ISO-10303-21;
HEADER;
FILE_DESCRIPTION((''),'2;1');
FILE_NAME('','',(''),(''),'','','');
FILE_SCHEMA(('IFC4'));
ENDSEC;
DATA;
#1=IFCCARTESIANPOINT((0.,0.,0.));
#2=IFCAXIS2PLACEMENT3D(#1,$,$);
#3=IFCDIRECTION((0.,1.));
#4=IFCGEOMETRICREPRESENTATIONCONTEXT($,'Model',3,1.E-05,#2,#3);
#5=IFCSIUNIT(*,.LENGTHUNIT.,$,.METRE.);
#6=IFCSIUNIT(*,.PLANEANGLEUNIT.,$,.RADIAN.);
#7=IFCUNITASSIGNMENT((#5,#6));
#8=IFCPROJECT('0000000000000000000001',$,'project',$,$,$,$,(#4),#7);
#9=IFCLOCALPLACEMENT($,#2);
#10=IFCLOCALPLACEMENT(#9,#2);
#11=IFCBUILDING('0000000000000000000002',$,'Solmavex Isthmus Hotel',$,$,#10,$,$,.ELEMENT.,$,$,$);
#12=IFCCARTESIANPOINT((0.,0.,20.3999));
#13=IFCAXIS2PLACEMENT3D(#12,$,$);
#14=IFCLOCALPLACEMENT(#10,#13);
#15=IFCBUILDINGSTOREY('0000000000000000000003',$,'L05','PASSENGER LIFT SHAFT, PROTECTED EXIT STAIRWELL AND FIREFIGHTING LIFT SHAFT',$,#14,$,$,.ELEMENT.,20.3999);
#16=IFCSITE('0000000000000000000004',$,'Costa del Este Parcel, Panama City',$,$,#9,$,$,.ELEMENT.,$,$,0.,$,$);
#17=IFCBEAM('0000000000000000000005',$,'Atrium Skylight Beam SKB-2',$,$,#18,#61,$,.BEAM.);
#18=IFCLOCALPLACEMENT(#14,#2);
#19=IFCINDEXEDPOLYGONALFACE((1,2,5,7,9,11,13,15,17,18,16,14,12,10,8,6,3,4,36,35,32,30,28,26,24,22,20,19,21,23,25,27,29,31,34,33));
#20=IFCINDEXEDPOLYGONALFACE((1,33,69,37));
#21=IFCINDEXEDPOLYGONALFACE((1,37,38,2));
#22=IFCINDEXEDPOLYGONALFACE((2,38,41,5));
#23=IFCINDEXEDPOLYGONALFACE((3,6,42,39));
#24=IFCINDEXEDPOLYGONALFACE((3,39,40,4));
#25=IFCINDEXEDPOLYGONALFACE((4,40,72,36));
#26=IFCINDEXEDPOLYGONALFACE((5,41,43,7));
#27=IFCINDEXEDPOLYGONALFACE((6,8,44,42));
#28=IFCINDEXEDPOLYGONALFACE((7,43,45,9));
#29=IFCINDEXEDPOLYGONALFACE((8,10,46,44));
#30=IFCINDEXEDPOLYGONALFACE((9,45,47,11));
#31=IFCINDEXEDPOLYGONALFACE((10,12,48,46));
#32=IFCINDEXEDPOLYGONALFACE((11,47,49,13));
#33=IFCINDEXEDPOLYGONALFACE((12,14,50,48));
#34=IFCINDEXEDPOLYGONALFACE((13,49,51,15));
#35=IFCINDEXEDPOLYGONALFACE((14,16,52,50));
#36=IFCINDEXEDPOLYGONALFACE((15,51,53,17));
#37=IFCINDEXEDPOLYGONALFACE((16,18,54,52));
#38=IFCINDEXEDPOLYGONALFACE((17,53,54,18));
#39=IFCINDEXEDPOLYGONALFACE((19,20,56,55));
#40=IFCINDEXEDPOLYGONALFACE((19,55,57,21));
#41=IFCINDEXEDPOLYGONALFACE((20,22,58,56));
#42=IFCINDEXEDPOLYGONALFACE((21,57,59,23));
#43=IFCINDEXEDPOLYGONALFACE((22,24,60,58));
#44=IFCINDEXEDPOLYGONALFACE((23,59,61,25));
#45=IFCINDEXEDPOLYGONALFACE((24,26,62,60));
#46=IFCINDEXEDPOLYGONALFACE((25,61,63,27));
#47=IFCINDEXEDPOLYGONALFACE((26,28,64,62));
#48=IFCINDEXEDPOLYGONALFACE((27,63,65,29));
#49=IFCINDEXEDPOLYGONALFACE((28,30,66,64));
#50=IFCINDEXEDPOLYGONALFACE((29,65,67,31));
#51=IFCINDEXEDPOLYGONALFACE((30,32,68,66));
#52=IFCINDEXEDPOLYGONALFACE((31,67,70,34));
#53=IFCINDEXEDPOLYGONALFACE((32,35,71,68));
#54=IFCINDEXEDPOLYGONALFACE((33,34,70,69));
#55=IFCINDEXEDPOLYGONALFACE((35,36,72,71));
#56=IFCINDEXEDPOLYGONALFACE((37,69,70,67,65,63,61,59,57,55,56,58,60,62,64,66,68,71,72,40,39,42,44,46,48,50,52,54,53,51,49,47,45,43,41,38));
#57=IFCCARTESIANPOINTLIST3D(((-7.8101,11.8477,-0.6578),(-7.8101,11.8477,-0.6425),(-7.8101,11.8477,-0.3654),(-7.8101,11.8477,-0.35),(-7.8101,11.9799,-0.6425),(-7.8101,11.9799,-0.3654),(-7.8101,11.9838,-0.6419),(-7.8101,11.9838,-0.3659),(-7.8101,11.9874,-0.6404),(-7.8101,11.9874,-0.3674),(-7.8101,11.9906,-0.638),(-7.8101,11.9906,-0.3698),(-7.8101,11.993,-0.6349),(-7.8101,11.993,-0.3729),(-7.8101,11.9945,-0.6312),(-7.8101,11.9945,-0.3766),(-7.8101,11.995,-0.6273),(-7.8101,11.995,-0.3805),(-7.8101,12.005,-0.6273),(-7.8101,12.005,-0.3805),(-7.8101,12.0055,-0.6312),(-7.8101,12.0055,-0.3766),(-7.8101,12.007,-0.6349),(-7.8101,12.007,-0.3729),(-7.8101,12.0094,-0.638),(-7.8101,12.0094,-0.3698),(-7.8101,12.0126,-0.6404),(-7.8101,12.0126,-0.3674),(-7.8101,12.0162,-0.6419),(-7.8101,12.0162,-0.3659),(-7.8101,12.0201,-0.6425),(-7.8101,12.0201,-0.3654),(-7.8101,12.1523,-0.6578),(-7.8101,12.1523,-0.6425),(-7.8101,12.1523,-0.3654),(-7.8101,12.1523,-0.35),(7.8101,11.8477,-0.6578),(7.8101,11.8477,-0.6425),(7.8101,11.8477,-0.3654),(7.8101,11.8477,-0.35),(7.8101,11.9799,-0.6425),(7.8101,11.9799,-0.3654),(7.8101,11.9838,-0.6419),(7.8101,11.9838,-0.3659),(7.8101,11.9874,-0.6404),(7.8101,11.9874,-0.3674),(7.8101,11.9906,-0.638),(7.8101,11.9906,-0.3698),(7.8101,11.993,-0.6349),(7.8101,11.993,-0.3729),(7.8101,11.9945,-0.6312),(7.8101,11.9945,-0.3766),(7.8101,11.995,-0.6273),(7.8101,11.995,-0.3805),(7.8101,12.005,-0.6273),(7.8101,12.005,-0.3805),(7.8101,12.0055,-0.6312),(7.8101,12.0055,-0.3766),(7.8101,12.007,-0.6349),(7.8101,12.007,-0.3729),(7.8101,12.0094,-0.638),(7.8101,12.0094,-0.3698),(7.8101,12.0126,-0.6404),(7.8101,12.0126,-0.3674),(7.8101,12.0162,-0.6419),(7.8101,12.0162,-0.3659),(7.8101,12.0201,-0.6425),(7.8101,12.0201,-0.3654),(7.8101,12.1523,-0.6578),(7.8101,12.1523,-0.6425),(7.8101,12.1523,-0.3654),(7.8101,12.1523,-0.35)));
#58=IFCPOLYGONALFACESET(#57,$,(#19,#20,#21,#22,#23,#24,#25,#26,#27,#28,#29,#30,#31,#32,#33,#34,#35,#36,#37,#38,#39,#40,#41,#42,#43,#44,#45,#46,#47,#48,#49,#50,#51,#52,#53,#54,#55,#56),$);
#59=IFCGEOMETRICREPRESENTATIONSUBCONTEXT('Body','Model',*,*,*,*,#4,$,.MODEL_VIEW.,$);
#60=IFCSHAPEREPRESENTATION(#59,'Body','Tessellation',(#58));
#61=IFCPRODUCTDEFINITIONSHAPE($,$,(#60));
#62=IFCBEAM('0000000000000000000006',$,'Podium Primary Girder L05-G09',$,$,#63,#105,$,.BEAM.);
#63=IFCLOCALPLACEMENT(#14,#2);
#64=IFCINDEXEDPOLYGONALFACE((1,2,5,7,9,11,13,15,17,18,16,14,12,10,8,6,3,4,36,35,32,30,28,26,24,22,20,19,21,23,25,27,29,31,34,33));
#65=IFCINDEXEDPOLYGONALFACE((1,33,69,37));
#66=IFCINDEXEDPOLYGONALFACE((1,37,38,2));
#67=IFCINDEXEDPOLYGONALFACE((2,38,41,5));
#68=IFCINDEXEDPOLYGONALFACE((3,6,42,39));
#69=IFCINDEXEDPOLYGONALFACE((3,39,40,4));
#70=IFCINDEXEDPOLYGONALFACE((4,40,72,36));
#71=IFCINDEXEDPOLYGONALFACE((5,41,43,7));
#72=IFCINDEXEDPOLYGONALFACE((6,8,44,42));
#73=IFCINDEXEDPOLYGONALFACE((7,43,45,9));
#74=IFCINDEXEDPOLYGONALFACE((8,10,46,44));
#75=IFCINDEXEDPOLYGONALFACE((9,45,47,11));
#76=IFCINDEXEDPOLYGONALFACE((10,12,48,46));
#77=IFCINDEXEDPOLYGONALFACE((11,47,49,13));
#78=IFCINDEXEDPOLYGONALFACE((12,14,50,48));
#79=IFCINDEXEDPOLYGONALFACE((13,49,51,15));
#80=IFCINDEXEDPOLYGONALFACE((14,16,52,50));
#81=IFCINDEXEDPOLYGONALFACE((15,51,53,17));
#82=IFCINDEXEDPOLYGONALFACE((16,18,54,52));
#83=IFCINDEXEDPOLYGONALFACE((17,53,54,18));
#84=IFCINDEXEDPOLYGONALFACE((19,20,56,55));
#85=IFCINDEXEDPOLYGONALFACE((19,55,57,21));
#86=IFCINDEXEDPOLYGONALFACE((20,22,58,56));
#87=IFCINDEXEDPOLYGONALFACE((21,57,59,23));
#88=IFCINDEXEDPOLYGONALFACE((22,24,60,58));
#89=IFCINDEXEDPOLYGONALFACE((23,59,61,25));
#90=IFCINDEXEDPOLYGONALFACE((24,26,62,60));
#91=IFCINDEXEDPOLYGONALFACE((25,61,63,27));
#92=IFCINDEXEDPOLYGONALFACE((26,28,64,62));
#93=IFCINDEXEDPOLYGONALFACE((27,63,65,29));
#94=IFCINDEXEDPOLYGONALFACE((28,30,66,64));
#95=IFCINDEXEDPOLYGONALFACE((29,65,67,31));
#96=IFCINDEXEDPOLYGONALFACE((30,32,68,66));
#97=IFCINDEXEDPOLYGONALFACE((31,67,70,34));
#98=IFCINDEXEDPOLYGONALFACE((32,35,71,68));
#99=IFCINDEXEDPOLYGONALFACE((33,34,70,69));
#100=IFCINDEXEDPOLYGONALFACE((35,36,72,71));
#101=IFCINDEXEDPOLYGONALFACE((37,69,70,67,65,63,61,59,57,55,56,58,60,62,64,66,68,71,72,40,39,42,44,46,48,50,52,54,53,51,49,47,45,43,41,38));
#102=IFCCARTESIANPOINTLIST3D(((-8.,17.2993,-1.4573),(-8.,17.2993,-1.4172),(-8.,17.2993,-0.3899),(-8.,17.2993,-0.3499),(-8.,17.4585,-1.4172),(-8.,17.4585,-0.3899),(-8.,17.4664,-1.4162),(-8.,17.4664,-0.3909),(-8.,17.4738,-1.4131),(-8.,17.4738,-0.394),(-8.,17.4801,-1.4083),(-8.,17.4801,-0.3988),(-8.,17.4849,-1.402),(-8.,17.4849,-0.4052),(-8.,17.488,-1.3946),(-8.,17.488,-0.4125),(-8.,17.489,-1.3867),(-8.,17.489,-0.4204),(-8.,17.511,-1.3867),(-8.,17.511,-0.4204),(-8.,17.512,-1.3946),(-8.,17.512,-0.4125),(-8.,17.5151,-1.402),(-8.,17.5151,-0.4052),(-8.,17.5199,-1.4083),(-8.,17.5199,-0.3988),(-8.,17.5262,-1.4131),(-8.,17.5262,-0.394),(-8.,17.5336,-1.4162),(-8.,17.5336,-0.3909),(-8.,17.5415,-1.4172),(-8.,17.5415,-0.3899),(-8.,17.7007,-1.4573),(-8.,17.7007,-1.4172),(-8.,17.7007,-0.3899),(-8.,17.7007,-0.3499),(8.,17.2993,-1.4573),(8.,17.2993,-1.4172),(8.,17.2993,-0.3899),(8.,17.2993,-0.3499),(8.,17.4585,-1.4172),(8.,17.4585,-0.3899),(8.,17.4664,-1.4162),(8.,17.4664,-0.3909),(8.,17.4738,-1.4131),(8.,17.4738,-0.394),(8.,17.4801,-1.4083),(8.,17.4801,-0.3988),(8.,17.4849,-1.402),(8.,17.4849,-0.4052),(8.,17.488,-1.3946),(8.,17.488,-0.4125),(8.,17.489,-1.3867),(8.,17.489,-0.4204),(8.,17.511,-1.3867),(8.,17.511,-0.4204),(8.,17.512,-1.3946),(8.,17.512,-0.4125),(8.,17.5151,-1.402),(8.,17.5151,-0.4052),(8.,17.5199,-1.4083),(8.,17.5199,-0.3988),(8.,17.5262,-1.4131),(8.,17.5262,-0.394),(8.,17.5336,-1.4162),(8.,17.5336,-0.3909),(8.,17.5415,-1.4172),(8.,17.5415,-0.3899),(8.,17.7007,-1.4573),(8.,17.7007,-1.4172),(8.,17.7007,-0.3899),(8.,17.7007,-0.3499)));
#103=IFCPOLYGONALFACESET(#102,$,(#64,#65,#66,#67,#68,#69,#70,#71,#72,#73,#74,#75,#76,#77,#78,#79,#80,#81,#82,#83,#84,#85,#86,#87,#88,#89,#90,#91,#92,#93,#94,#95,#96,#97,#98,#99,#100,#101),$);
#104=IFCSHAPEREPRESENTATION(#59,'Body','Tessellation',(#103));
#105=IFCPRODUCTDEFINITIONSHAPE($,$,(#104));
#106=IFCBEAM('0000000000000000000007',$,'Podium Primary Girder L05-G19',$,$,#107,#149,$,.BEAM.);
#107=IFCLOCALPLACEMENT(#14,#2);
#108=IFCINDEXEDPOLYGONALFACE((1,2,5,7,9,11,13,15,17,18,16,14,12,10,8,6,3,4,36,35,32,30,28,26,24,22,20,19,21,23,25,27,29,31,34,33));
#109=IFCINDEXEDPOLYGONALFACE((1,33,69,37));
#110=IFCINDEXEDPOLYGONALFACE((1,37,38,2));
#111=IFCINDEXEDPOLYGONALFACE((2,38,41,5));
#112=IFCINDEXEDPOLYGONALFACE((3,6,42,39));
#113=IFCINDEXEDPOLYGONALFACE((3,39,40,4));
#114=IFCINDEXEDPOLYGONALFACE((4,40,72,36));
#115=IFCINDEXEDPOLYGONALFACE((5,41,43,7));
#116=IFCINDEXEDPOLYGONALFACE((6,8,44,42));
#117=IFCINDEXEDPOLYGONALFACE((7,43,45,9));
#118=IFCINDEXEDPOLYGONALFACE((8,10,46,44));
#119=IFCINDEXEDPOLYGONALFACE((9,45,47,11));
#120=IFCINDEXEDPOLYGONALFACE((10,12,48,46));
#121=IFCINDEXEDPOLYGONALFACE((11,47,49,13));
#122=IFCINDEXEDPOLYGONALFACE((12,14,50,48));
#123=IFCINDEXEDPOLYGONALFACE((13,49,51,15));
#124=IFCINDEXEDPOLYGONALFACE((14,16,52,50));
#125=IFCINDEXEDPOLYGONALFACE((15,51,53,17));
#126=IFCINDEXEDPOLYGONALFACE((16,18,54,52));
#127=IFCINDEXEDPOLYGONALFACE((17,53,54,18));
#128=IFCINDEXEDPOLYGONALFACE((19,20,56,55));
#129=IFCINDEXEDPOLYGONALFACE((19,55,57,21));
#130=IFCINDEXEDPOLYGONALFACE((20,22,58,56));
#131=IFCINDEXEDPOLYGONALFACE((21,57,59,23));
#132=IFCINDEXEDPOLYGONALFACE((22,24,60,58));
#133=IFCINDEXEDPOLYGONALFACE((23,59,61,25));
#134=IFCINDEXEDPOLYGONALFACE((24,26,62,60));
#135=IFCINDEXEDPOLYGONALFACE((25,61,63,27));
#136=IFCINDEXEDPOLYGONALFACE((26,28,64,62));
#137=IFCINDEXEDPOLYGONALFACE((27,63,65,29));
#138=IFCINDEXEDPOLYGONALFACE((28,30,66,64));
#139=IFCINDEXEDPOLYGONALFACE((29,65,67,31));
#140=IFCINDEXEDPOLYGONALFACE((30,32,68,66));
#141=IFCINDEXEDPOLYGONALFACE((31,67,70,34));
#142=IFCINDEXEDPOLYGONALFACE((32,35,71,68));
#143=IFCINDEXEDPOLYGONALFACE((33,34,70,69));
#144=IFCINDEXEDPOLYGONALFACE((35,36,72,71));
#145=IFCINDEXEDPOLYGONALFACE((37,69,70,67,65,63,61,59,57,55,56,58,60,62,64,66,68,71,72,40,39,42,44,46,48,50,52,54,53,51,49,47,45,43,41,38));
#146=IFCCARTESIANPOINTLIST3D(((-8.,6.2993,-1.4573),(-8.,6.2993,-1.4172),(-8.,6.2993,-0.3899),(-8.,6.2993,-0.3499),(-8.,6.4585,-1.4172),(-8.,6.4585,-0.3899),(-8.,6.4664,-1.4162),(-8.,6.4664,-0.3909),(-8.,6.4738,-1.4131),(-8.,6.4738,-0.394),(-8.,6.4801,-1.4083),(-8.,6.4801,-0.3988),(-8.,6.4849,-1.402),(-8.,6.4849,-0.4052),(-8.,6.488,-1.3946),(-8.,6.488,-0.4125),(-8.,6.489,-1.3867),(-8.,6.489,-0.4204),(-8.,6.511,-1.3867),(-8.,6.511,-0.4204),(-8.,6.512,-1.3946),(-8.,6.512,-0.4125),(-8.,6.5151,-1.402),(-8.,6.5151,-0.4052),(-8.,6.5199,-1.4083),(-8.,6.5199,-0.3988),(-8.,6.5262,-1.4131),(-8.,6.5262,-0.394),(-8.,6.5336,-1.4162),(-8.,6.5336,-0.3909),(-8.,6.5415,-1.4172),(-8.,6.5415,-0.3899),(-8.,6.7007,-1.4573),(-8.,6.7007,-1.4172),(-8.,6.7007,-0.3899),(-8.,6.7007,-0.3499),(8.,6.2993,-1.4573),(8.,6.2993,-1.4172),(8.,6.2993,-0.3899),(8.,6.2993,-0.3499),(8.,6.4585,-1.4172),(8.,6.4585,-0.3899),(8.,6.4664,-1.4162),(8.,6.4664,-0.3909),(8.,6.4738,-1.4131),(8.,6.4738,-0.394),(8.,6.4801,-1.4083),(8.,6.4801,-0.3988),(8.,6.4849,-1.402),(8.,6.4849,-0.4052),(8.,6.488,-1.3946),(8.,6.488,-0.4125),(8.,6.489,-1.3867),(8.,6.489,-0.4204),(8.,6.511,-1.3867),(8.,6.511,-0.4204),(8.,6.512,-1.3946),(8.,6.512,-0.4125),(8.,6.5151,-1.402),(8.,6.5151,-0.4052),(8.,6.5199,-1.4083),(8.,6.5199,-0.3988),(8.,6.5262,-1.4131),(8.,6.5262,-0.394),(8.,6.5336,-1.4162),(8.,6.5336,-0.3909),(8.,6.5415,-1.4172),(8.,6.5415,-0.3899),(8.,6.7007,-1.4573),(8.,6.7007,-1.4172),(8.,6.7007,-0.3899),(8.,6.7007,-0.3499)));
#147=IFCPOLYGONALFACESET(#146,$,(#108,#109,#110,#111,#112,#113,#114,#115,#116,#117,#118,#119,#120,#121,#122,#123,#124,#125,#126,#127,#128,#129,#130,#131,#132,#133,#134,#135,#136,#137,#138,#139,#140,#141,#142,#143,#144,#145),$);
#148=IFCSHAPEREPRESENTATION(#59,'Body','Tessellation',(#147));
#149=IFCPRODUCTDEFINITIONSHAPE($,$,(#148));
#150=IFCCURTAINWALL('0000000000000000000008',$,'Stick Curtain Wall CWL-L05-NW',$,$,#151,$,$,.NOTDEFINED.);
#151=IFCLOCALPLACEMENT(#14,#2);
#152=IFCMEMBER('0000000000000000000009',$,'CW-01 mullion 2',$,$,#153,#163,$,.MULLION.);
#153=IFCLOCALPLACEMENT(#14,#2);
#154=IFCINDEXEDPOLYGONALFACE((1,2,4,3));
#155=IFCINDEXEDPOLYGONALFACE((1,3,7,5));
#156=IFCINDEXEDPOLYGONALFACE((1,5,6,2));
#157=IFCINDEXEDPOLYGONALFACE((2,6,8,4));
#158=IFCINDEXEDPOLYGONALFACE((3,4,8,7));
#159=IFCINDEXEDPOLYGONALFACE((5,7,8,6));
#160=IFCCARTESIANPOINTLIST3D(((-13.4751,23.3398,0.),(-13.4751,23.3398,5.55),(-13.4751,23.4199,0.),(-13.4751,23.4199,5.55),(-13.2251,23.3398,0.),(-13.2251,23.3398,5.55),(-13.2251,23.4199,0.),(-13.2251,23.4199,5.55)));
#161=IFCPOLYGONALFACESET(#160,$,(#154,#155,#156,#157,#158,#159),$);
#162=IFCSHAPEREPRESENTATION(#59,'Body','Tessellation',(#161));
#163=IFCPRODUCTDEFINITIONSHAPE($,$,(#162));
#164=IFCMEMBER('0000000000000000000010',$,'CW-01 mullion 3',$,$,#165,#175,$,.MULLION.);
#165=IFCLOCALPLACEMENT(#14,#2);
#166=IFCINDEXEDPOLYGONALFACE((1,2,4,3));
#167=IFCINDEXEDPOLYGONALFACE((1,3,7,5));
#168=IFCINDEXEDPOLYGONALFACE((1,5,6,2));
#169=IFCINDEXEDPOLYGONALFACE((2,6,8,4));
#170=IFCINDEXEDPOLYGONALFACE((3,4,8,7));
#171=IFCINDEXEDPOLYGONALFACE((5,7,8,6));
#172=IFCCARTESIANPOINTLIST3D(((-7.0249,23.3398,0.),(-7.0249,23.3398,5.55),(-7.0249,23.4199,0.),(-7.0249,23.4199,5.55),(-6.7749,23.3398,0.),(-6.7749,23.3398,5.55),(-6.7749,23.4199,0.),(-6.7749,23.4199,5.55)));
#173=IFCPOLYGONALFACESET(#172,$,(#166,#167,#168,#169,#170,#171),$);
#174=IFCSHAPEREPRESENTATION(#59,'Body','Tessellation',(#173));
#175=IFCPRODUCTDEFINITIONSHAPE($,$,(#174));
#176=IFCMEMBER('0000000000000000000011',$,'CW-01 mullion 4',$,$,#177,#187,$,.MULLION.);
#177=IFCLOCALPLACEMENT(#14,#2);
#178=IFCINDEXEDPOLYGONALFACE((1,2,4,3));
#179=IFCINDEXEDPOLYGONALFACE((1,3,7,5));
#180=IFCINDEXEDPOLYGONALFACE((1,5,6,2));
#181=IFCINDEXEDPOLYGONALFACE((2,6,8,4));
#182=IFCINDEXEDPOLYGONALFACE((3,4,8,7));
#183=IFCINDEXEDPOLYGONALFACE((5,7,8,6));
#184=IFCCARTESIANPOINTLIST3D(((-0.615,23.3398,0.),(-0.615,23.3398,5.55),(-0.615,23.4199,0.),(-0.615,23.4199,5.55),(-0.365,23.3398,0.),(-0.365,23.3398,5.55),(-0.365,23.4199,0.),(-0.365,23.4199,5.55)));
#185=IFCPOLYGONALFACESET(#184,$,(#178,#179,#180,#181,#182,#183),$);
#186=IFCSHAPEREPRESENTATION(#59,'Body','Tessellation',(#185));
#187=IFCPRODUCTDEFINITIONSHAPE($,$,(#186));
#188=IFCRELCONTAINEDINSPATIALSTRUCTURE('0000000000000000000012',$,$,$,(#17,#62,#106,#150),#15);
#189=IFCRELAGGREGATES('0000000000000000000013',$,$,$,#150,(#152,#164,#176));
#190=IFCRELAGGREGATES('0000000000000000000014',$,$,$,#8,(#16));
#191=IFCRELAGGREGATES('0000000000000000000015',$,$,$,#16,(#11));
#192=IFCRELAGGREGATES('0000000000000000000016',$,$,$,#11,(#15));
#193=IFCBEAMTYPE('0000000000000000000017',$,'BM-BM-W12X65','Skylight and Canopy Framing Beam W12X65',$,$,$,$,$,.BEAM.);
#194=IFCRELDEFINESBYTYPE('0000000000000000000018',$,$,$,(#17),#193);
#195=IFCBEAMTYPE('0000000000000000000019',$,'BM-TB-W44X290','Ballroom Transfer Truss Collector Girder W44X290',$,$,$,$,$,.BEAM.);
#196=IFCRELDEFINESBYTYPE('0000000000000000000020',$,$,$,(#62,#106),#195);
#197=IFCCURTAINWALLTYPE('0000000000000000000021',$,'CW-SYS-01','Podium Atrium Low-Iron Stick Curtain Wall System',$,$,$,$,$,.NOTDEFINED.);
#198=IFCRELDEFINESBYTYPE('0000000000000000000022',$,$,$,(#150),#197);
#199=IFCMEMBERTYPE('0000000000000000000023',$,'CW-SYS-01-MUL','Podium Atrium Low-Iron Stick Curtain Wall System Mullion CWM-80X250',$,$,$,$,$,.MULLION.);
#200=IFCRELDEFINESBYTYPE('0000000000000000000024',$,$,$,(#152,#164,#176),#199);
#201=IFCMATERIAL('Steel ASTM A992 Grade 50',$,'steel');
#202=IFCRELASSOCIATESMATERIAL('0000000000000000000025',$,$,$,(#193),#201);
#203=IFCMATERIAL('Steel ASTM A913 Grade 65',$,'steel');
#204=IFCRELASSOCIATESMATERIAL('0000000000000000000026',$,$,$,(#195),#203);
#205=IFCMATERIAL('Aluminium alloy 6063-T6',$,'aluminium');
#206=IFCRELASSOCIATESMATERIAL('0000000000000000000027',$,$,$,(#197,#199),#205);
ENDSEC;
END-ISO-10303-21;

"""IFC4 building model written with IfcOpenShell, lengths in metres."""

from ifc_helpers import new_model, si_unit, direction, frame, origin, origin_2d, place, context, subcontext, project, spatial, rectangle, i_section, extrude, material, material_profile, profile_set, type_object, element, aggregate, save


model = new_model("IFC4")

# Units and contexts
model_context = context("Model", 3, precision=1e-05, world=origin(), true_north=direction((0.0, 1.0)))
body_context = subcontext(model_context, "Body", "Model", "MODEL_VIEW")
ifc_project = project(units=[si_unit("LENGTHUNIT", "METRE"), si_unit("PLANEANGLEUNIT", "RADIAN")], contexts=[model_context])

# Site, building, storey
site_placement = place(None, origin())
site = spatial("IfcSite", under=ifc_project, at=site_placement, Name="Costa del Este Parcel, Panama City", CompositionType="ELEMENT", RefElevation=0.0)
building_placement = place(site_placement, origin())
building = spatial("IfcBuilding", under=site, at=building_placement, Name="Solmavex Isthmus Hotel", CompositionType="ELEMENT")
storey_placement = place(building_placement, frame((0.0, 0.0, 20.3999)))
storey = spatial("IfcBuildingStorey", under=building, at=storey_placement, Name="L05", Description="PASSENGER LIFT SHAFT, PROTECTED EXIT STAIRWELL AND FIREFIGHTING LIFT SHAFT", CompositionType="ELEMENT", Elevation=20.3999)

# Beams
ifc_material_1 = material(Name="Steel ASTM A992 Grade 50", Category="steel")
ifc_material_profile_1 = material_profile(ifc_material_1, i_section(OverallWidth=0.3047, OverallDepth=0.3079, WebThickness=0.01, FlangeThickness=0.0154, FilletRadius=0.0151, at=origin_2d()), Name="W12X65")
ifc_profile_set_1 = profile_set([ifc_material_profile_1], Name="Steel ASTM A992 Grade 50")
beam_type_1 = type_object("IfcBeamType", Name="BM-BM-W12X65", Description="Skylight and Canopy Framing Beam W12X65", PredefinedType="BEAM", material=ifc_profile_set_1)
for number, where, z_axis, x_axis, name in (
    (1, (-7.8101, 12.0, -0.5039), (1.0, 0.0, 0.0), (0.0, 1.0, 0.0), "Atrium Skylight Beam SKB-2"),
):
    element("IfcBeam", number, at=place(storey_placement, frame(where, z_axis=z_axis, x_axis=x_axis)), inside=storey, type_object=beam_type_1, Name=name, PredefinedType="BEAM", context=body_context, shape_type="SweptSolid", body=[
        extrude(i_section(OverallWidth=0.3047, OverallDepth=0.3079, WebThickness=0.01, FlangeThickness=0.0154, FilletRadius=0.0151, at=origin_2d()), origin(), (0.0, 0.0, 1.0), 15.6201),
    ])
ifc_material_2 = material(Name="Steel ASTM A913 Grade 65", Category="steel")
ifc_material_profile_2 = material_profile(ifc_material_2, i_section(OverallWidth=0.4014, OverallDepth=1.1074, WebThickness=0.022, FlangeThickness=0.04, FilletRadius=0.0305, at=origin_2d()), Name="W44X290")
ifc_profile_set_2 = profile_set([ifc_material_profile_2], Name="Steel ASTM A913 Grade 65")
beam_type_2 = type_object("IfcBeamType", Name="BM-TB-W44X290", Description="Ballroom Transfer Truss Collector Girder W44X290", PredefinedType="BEAM", material=ifc_profile_set_2)
for number, where, z_axis, x_axis, name in (
    (2, (-8.0, 17.5, -0.9036), (1.0, 0.0, 0.0), (0.0, 1.0, 0.0), "Podium Primary Girder L05-G09"),
    (3, (-8.0, 6.5, -0.9036), (1.0, 0.0, 0.0), (0.0, 1.0, 0.0), "Podium Primary Girder L05-G19"),
):
    element("IfcBeam", number, at=place(storey_placement, frame(where, z_axis=z_axis, x_axis=x_axis)), inside=storey, type_object=beam_type_2, Name=name, PredefinedType="BEAM", context=body_context, shape_type="SweptSolid", body=[
        extrude(i_section(OverallWidth=0.4014, OverallDepth=1.1074, WebThickness=0.022, FlangeThickness=0.04, FilletRadius=0.0305, at=origin_2d()), origin(), (0.0, 0.0, 1.0), 16.0),
    ])

# Curtain wall, members
ifc_material_3 = material(Name="Aluminium alloy 6063-T6", Category="aluminium")
curtain_wall_type = type_object("IfcCurtainWallType", Name="CW-SYS-01", Description="Podium Atrium Low-Iron Stick Curtain Wall System", PredefinedType="NOTDEFINED", material=ifc_material_3)
curtain_wall_placement = place(storey_placement, origin())
curtain_wall = element("IfcCurtainWall", 4, at=curtain_wall_placement, inside=storey, type_object=curtain_wall_type, Name="Stick Curtain Wall CWL-L05-NW", PredefinedType="NOTDEFINED")
ifc_material_profile_3 = material_profile(ifc_material_3, rectangle(XDim=0.0801, YDim=0.25, at=origin_2d()), Name="CWM-80X250")
ifc_profile_set_3 = profile_set([ifc_material_profile_3], Name="Aluminium alloy 6063-T6")
member_type_1 = type_object("IfcMemberType", Name="CW-SYS-01-MUL", Description="Podium Atrium Low-Iron Stick Curtain Wall System Mullion CWM-80X250", PredefinedType="MULLION", material=ifc_profile_set_3)
member_1_placement = place(storey_placement, frame((-13.3501, 23.3799, 0.0), z_axis=(0.0, 0.0, 1.0), x_axis=(0.0, 1.0, 0.0)))
member_1 = element("IfcMember", 5, at=member_1_placement, type_object=member_type_1, Name="CW-01 mullion 2", PredefinedType="MULLION", context=body_context, shape_type="SweptSolid", body=[
    extrude(rectangle(XDim=0.0801, YDim=0.25, at=origin_2d()), origin(), (0.0, 0.0, 1.0), 5.55),
])
member_2_placement = place(storey_placement, frame((-6.8999, 23.3799, 0.0), z_axis=(0.0, 0.0, 1.0), x_axis=(0.0, 1.0, 0.0)))
member_2 = element("IfcMember", 6, at=member_2_placement, type_object=member_type_1, Name="CW-01 mullion 3", PredefinedType="MULLION", context=body_context, shape_type="SweptSolid", body=[
    extrude(rectangle(XDim=0.0801, YDim=0.25, at=origin_2d()), origin(), (0.0, 0.0, 1.0), 5.55),
])
member_3_placement = place(storey_placement, frame((-0.49, 23.3799, 0.0), z_axis=(0.0, 0.0, 1.0), x_axis=(0.0, 1.0, 0.0)))
member_3 = element("IfcMember", 7, at=member_3_placement, type_object=member_type_1, Name="CW-01 mullion 4", PredefinedType="MULLION", context=body_context, shape_type="SweptSolid", body=[
    extrude(rectangle(XDim=0.0801, YDim=0.25, at=origin_2d()), origin(), (0.0, 0.0, 1.0), 5.55),
])

aggregate(curtain_wall, [member_1, member_2, member_3])

save(model, "model.ifc")
